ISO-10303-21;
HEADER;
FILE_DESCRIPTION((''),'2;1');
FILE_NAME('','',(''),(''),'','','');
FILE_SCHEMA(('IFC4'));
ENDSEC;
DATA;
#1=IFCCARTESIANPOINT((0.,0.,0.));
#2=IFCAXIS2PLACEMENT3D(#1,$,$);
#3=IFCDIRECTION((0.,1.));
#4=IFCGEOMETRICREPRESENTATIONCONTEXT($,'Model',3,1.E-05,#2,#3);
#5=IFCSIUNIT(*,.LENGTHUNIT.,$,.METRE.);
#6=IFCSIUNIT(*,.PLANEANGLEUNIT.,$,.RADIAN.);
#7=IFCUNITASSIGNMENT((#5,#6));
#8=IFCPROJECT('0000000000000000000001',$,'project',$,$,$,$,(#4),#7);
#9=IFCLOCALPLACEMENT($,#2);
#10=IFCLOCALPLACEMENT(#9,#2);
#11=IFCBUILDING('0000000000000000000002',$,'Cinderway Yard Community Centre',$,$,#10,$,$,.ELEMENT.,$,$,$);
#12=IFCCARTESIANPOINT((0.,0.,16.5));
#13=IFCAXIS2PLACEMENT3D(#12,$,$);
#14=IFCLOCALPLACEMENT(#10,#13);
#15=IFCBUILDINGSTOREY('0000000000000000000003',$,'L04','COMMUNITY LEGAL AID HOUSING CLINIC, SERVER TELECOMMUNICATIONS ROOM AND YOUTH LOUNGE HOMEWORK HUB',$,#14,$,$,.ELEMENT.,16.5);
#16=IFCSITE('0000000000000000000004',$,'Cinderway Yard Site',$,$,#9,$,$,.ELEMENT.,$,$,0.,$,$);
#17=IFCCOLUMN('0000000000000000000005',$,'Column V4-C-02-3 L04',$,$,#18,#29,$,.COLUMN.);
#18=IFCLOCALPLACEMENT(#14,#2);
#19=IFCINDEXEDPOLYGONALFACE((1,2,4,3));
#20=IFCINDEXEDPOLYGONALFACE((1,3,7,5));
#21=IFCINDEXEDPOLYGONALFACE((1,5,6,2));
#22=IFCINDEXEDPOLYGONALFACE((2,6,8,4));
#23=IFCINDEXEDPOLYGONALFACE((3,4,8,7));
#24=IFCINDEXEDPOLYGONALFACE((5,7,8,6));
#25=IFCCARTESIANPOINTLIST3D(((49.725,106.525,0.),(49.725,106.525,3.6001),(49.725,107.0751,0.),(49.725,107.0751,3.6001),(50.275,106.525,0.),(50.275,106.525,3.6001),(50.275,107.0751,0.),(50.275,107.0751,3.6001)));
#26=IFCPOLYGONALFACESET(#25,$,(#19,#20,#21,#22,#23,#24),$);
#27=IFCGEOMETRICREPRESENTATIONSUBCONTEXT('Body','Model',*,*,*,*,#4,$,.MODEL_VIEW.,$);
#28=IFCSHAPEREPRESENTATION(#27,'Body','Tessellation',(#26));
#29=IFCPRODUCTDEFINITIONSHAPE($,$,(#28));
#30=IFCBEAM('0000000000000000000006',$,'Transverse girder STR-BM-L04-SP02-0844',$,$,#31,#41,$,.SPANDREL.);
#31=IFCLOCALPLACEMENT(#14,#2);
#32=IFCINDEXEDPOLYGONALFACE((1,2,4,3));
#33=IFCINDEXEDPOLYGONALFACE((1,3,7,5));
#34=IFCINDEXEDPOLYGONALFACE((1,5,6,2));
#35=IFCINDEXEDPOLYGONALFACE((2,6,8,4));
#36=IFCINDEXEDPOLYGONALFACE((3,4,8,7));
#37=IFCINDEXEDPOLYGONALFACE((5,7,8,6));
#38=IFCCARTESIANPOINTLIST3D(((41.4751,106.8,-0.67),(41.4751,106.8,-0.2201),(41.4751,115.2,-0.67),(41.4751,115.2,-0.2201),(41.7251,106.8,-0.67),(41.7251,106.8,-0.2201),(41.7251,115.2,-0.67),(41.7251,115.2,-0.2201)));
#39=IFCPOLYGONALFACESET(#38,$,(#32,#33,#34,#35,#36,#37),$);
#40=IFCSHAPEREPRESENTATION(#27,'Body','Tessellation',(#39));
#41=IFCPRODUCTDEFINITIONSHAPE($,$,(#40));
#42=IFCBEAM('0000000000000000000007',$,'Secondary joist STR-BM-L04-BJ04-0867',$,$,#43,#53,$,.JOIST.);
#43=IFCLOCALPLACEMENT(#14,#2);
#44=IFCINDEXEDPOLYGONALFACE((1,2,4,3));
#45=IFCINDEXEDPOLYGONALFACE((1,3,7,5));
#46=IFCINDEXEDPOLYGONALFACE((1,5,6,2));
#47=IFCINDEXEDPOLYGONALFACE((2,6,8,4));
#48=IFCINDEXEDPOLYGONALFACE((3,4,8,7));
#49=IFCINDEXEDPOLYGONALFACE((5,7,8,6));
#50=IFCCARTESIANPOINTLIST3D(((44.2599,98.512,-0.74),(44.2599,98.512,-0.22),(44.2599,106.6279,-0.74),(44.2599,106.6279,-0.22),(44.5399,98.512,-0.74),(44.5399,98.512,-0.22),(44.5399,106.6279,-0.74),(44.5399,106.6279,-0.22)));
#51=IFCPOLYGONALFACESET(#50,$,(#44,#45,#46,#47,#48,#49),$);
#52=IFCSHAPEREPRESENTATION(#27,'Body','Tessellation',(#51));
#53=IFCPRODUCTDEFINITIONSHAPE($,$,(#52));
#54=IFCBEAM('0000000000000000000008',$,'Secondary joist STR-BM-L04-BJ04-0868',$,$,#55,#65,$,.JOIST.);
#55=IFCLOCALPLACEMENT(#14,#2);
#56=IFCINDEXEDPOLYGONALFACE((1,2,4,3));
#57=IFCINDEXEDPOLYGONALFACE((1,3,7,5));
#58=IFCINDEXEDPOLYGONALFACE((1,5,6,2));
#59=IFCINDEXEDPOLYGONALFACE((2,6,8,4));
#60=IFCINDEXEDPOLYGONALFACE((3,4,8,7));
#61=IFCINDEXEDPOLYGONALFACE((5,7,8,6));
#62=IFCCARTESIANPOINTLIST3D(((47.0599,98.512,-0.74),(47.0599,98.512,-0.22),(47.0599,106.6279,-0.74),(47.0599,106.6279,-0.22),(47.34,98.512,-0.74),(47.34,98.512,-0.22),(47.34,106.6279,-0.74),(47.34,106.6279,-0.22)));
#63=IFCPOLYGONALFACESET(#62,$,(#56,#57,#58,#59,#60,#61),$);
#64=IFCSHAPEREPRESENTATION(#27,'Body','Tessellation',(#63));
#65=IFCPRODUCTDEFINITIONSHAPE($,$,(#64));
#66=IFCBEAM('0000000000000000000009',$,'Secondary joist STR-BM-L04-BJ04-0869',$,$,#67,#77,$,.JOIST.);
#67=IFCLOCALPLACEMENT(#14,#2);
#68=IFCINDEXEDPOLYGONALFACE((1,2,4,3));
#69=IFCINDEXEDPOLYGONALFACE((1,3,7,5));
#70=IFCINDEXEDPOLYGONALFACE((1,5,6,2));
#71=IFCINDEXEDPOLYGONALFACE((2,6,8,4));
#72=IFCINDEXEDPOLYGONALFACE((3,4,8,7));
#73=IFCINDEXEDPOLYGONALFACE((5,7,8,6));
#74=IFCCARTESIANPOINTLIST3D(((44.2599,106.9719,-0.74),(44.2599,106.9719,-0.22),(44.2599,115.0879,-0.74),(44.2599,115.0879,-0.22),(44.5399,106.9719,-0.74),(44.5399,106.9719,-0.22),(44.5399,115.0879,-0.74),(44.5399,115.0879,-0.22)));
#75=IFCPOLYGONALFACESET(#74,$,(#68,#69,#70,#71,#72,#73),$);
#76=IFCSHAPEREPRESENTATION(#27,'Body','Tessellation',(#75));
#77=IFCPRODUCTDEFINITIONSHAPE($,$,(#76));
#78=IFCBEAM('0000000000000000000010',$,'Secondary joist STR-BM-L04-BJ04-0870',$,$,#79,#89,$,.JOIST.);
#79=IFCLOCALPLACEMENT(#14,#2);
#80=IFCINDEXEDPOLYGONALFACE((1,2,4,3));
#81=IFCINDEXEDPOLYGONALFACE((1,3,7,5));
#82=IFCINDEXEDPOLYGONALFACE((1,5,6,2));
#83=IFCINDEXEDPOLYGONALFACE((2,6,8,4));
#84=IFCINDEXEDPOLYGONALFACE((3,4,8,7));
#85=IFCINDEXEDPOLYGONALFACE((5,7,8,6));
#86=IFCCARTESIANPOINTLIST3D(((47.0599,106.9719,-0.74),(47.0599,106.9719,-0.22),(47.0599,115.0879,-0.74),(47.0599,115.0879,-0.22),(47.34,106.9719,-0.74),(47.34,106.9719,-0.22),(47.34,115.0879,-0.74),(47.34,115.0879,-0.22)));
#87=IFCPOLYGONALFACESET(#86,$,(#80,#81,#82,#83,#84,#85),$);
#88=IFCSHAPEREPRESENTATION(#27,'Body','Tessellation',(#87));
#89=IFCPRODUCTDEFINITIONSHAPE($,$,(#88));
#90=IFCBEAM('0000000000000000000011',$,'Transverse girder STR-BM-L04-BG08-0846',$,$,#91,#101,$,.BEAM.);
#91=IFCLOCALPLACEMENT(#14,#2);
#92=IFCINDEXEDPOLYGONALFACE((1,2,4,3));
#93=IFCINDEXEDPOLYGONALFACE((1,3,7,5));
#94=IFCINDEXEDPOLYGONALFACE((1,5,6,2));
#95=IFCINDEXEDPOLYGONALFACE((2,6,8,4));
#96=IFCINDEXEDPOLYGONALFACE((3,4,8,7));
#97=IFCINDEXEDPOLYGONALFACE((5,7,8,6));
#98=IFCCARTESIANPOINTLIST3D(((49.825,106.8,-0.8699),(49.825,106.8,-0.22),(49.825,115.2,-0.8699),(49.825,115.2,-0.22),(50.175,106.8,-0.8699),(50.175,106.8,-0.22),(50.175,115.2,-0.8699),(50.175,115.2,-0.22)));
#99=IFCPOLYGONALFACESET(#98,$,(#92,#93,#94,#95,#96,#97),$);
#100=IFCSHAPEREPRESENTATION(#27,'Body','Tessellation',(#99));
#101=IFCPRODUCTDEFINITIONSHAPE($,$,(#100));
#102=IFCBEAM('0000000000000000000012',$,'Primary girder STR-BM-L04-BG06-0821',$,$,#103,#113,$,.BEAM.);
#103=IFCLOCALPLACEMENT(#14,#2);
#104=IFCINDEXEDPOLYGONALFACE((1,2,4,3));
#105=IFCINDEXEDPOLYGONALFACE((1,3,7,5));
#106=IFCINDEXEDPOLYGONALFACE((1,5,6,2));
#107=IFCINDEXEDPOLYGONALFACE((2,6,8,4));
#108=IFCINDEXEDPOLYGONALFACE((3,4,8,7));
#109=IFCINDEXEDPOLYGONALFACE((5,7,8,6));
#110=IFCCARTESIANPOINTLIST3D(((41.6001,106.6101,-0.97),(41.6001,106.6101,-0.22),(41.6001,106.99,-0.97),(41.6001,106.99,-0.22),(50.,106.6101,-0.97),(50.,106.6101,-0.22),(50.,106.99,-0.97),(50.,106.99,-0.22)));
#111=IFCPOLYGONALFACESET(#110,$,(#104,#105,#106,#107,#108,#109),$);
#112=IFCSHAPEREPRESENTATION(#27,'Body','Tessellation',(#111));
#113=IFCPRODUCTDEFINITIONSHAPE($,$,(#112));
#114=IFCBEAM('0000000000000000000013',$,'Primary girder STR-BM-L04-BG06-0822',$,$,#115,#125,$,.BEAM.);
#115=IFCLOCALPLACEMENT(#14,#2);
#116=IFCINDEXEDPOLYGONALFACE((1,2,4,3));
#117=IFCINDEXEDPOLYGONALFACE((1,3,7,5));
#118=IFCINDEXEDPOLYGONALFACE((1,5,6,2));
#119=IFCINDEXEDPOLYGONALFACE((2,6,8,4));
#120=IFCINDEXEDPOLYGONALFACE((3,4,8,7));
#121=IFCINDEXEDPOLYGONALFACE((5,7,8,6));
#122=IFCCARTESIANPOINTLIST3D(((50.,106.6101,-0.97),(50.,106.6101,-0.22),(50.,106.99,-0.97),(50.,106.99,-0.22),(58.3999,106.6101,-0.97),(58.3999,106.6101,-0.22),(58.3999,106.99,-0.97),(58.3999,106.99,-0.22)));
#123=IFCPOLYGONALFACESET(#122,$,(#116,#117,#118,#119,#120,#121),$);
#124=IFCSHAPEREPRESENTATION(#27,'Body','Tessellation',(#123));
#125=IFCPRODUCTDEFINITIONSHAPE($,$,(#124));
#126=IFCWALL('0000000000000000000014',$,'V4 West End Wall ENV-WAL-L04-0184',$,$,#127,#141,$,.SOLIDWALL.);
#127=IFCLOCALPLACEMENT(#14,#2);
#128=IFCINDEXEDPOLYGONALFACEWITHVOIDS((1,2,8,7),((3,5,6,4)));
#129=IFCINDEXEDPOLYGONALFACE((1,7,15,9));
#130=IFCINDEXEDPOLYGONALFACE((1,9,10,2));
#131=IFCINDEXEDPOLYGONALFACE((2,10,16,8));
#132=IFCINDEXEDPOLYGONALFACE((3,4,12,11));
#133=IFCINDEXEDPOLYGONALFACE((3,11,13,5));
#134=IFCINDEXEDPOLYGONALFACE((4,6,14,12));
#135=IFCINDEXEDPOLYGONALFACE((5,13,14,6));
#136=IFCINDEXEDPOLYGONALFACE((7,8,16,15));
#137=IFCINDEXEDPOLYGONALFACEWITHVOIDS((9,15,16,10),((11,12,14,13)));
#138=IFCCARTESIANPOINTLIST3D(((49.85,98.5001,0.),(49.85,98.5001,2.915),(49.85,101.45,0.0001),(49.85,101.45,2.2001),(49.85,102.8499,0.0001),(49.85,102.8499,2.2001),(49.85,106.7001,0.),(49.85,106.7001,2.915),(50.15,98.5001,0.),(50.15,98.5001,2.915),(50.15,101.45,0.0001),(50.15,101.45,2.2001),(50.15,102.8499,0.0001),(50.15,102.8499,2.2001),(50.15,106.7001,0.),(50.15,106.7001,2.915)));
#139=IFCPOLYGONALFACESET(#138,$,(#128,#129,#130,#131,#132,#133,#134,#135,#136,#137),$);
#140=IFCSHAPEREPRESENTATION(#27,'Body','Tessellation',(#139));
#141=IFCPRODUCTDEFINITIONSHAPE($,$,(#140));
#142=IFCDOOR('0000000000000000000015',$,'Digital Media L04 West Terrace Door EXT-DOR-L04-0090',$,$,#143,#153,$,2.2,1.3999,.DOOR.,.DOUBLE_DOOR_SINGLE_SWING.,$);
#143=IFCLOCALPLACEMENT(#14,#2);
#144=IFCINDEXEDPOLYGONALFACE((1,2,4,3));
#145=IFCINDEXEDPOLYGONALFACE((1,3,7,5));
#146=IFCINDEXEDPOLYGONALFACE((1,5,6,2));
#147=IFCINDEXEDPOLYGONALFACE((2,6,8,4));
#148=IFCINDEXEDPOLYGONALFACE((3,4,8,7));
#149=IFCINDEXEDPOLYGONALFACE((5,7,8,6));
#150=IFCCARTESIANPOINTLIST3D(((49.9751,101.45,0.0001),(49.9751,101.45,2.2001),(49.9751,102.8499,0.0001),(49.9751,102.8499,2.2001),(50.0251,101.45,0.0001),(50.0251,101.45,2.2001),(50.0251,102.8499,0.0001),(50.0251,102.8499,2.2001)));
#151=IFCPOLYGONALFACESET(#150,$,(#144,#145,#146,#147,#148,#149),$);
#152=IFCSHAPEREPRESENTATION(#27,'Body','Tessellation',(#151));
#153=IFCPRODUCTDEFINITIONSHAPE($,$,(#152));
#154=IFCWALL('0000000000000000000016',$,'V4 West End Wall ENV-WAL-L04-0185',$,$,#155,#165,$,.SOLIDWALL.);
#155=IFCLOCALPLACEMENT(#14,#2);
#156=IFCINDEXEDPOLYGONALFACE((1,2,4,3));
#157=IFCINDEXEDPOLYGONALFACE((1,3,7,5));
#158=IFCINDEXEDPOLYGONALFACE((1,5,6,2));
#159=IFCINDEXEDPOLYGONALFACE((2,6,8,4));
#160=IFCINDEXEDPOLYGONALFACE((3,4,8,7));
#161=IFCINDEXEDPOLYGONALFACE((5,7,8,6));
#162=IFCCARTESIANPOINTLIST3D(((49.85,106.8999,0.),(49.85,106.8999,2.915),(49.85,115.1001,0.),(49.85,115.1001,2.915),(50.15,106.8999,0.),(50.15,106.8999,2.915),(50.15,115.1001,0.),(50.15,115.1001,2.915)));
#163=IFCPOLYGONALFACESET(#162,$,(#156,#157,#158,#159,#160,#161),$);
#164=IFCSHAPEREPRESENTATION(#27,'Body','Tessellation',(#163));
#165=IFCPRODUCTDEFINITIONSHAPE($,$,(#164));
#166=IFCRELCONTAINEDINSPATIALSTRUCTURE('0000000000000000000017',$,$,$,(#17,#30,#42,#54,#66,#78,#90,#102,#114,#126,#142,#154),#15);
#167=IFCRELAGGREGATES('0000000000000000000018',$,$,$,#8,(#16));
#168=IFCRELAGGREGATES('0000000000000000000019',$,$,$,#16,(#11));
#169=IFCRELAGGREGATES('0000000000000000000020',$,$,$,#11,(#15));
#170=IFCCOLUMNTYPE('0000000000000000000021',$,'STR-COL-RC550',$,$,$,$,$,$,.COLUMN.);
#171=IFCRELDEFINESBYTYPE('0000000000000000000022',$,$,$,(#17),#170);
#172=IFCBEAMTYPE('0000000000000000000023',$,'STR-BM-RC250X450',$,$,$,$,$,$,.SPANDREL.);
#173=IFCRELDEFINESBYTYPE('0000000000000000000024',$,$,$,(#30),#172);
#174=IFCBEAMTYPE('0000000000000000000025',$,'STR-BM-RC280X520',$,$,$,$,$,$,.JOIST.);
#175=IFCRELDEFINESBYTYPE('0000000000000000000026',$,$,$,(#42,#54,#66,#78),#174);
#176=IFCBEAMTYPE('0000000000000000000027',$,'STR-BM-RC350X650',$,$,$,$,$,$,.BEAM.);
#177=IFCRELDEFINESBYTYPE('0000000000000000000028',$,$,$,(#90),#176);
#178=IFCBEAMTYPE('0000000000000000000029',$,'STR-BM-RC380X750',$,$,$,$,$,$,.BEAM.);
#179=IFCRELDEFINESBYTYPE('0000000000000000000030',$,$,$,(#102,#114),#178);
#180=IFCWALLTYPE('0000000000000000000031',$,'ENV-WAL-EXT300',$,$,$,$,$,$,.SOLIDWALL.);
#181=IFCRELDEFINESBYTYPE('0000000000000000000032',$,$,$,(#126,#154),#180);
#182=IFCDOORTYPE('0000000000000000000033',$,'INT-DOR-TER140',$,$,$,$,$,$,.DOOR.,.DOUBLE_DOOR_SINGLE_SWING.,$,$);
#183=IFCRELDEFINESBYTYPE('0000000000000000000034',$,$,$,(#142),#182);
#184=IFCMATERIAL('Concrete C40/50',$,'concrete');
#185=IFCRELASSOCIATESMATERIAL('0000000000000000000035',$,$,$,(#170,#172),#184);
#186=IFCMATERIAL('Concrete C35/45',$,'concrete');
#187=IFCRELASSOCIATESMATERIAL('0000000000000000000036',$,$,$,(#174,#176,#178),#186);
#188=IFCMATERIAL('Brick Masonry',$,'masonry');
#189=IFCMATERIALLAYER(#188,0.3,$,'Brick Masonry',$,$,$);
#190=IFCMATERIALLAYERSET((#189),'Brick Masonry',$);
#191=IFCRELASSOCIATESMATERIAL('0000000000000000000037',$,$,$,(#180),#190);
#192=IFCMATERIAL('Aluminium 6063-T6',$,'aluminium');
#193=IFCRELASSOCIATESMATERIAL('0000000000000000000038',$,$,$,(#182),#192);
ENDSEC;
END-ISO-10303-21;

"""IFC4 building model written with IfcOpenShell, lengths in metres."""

from ifc_helpers import new_model, si_unit, direction, frame, frame_2d, origin, origin_2d, place, context, subcontext, project, spatial, rectangle, extrude, material, layer, layer_set, material_profile, profile_set, type_object, element, fill, save


model = new_model("IFC4")

# Units and contexts
model_context = context("Model", 3, precision=1e-05, world=origin(), true_north=direction((0.0, 1.0)))
body_context = subcontext(model_context, "Body", "Model", "MODEL_VIEW")
ifc_project = project(units=[si_unit("LENGTHUNIT", "METRE"), si_unit("PLANEANGLEUNIT", "RADIAN")], contexts=[model_context])

# Site, building, storey
site_placement = place(None, origin())
site = spatial("IfcSite", under=ifc_project, at=site_placement, Name="Cinderway Yard Site", CompositionType="ELEMENT", RefElevation=0.0)
building_placement = place(site_placement, origin())
building = spatial("IfcBuilding", under=site, at=building_placement, Name="Cinderway Yard Community Centre", CompositionType="ELEMENT")
storey_placement = place(building_placement, frame((0.0, 0.0, 16.5)))
storey = spatial("IfcBuildingStorey", under=building, at=storey_placement, Name="L04", Description="COMMUNITY LEGAL AID HOUSING CLINIC, SERVER TELECOMMUNICATIONS ROOM AND YOUTH LOUNGE HOMEWORK HUB", CompositionType="ELEMENT", Elevation=16.5)

# Column
ifc_material_1 = material(Name="Concrete C40/50", Category="concrete")
ifc_material_profile_1 = material_profile(ifc_material_1, rectangle(XDim=0.55, YDim=0.55, at=origin_2d()), Name="Concrete C40/50")
ifc_profile_set_1 = profile_set([ifc_material_profile_1], Name="Concrete C40/50")
column_type = type_object("IfcColumnType", Name="STR-COL-RC550", PredefinedType="COLUMN", material=ifc_profile_set_1)
column_placement = place(storey_placement, frame((50.0, 106.8, 0.0), z_axis=(0.0, 0.0, 1.0), x_axis=(1.0, 0.0, 0.0)))
element("IfcColumn", 1, at=column_placement, inside=storey, type_object=column_type, Name="Column V4-C-02-3 L04", PredefinedType="COLUMN", context=body_context, shape_type="SweptSolid", body=[
    extrude(rectangle(XDim=0.55, YDim=0.55, at=origin_2d()), origin(), (0.0, 0.0, 1.0), 3.6001),
])

# Beams
ifc_material_profile_2 = material_profile(ifc_material_1, rectangle(XDim=0.25, YDim=0.45, at=origin_2d()), Name="Concrete C40/50")
ifc_profile_set_2 = profile_set([ifc_material_profile_2], Name="Concrete C40/50")
beam_type_1 = type_object("IfcBeamType", Name="STR-BM-RC250X450", PredefinedType="SPANDREL", material=ifc_profile_set_2)
beam_1_placement = place(storey_placement, frame((41.6001, 106.8, -0.4451), z_axis=(0.0, 1.0, 0.0), x_axis=(-1.0, 0.0, 0.0)))
element("IfcBeam", 2, at=beam_1_placement, inside=storey, type_object=beam_type_1, Name="Transverse girder STR-BM-L04-SP02-0844", PredefinedType="SPANDREL", context=body_context, shape_type="SweptSolid", body=[
    extrude(rectangle(XDim=0.25, YDim=0.45, at=origin_2d()), origin(), (0.0, 0.0, 1.0), 8.3999),
])
ifc_material_2 = material(Name="Concrete C35/45", Category="concrete")
ifc_material_profile_3 = material_profile(ifc_material_2, rectangle(XDim=0.28, YDim=0.52, at=origin_2d()), Name="Concrete C35/45")
ifc_profile_set_3 = profile_set([ifc_material_profile_3], Name="Concrete C35/45")
beam_type_2 = type_object("IfcBeamType", Name="STR-BM-RC280X520", PredefinedType="JOIST", material=ifc_profile_set_3)
for number, where, z_axis, x_axis, name in (
    (3, (44.3999, 98.512, -0.48), (0.0, 1.0, 0.0), (-1.0, 0.0, 0.0), "Secondary joist STR-BM-L04-BJ04-0867"),
    (4, (47.2, 98.512, -0.48), (0.0, 1.0, 0.0), (-1.0, 0.0, 0.0), "Secondary joist STR-BM-L04-BJ04-0868"),
    (5, (44.3999, 106.9719, -0.48), (0.0, 1.0, 0.0), (-1.0, 0.0, 0.0), "Secondary joist STR-BM-L04-BJ04-0869"),
    (6, (47.2, 106.9719, -0.48), (0.0, 1.0, 0.0), (-1.0, 0.0, 0.0), "Secondary joist STR-BM-L04-BJ04-0870"),
):
    element("IfcBeam", number, at=place(storey_placement, frame(where, z_axis=z_axis, x_axis=x_axis)), inside=storey, type_object=beam_type_2, Name=name, PredefinedType="JOIST", context=body_context, shape_type="SweptSolid", body=[
        extrude(rectangle(XDim=0.28, YDim=0.52, at=origin_2d()), origin(), (0.0, 0.0, 1.0), 8.116),
    ])
ifc_material_profile_4 = material_profile(ifc_material_2, rectangle(XDim=0.3501, YDim=0.6499, at=origin_2d()), Name="Concrete C35/45")
ifc_profile_set_4 = profile_set([ifc_material_profile_4], Name="Concrete C35/45")
beam_type_3 = type_object("IfcBeamType", Name="STR-BM-RC350X650", PredefinedType="BEAM", material=ifc_profile_set_4)
beam_2_placement = place(storey_placement, frame((50.0, 106.8, -0.5449), z_axis=(0.0, 1.0, 0.0), x_axis=(-1.0, 0.0, 0.0)))
element("IfcBeam", 7, at=beam_2_placement, inside=storey, type_object=beam_type_3, Name="Transverse girder STR-BM-L04-BG08-0846", PredefinedType="BEAM", context=body_context, shape_type="SweptSolid", body=[
    extrude(rectangle(XDim=0.3501, YDim=0.6499, at=origin_2d()), origin(), (0.0, 0.0, 1.0), 8.3999),
])
ifc_material_profile_5 = material_profile(ifc_material_2, rectangle(XDim=0.3799, YDim=0.75, at=origin_2d()), Name="Concrete C35/45")
ifc_profile_set_5 = profile_set([ifc_material_profile_5], Name="Concrete C35/45")
beam_type_4 = type_object("IfcBeamType", Name="STR-BM-RC380X750", PredefinedType="BEAM", material=ifc_profile_set_5)
for number, where, z_axis, x_axis, name in (
    (8, (41.6001, 106.8, -0.595), (1.0, 0.0, 0.0), (0.0, 1.0, 0.0), "Primary girder STR-BM-L04-BG06-0821"),
    (9, (50.0, 106.8, -0.595), (1.0, 0.0, 0.0), (0.0, 1.0, 0.0), "Primary girder STR-BM-L04-BG06-0822"),
):
    element("IfcBeam", number, at=place(storey_placement, frame(where, z_axis=z_axis, x_axis=x_axis)), inside=storey, type_object=beam_type_4, Name=name, PredefinedType="BEAM", context=body_context, shape_type="SweptSolid", body=[
        extrude(rectangle(XDim=0.3799, YDim=0.75, at=origin_2d()), origin(), (0.0, 0.0, 1.0), 8.3999),
    ])

# Wall, opening, door
ifc_material_3 = material(Name="Brick Masonry", Category="masonry")
ifc_layer_1 = layer(ifc_material_3, 0.3, Name="Brick Masonry")
ifc_layer_set_1 = layer_set([ifc_layer_1], Name="Brick Masonry")
wall_type_1 = type_object("IfcWallType", Name="ENV-WAL-EXT300", PredefinedType="SOLIDWALL", material=ifc_layer_set_1)
wall_1_placement = place(storey_placement, frame((50.0, 98.5, 0.0), z_axis=(0.0, 0.0, 1.0), x_axis=(0.0, 1.0, 0.0)))
wall_1 = element("IfcWall", 10, at=wall_1_placement, inside=storey, type_object=wall_type_1, Name="V4 West End Wall ENV-WAL-L04-0184", PredefinedType="SOLIDWALL", context=body_context, shape_type="SweptSolid", body=[
    extrude(rectangle(XDim=8.2, YDim=0.3, at=frame_2d((4.1001, 0.0))), origin(), (0.0, 0.0, 1.0), 2.915),
])
opening_1_placement = place(wall_1_placement, frame((2.95, 0.0, 0.0)))
opening_1 = element("IfcOpeningElement", 11, at=opening_1_placement, cuts=wall_1, PredefinedType="OPENING", context=body_context, shape_type="SweptSolid", body=[
    extrude(rectangle(XDim=1.3999, YDim=2.2, at=frame_2d((0.7, 1.1001))), frame((0.0, 0.1599, 0.0), z_axis=(0.0, -1.0, 0.0), x_axis=(1.0, 0.0, 0.0)), (0.0, 0.0, 1.0), 0.3201),
])
ifc_material_4 = material(Name="Aluminium 6063-T6", Category="aluminium")
door_type_1 = type_object("IfcDoorType", Name="INT-DOR-TER140", OperationType="DOUBLE_DOOR_SINGLE_SWING", PredefinedType="DOOR", material=ifc_material_4)
door_1_placement = place(opening_1_placement, origin())
door_1 = element("IfcDoor", 12, at=door_1_placement, inside=storey, type_object=door_type_1, Name="Digital Media L04 West Terrace Door EXT-DOR-L04-0090", OperationType="DOUBLE_DOOR_SINGLE_SWING", OverallHeight=2.2, OverallWidth=1.3999, PredefinedType="DOOR", context=body_context, shape_type="SweptSolid", body=[
    extrude(rectangle(XDim=1.3999, YDim=2.2, at=frame_2d((0.7, 1.1001))), frame((0.0, 0.0249, 0.0), z_axis=(0.0, -1.0, 0.0), x_axis=(1.0, 0.0, 0.0)), (0.0, 0.0, 1.0), 0.05),
])
fill(opening_1, door_1)

# Wall
wall_2_placement = place(storey_placement, frame((50.0, 106.8999, 0.0), z_axis=(0.0, 0.0, 1.0), x_axis=(0.0, 1.0, 0.0)))
element("IfcWall", 13, at=wall_2_placement, inside=storey, type_object=wall_type_1, Name="V4 West End Wall ENV-WAL-L04-0185", PredefinedType="SOLIDWALL", context=body_context, shape_type="SweptSolid", body=[
    extrude(rectangle(XDim=8.2002, YDim=0.3, at=frame_2d((4.1001, 0.0))), origin(), (0.0, 0.0, 1.0), 2.915),
])

save(model, "model.ifc")
